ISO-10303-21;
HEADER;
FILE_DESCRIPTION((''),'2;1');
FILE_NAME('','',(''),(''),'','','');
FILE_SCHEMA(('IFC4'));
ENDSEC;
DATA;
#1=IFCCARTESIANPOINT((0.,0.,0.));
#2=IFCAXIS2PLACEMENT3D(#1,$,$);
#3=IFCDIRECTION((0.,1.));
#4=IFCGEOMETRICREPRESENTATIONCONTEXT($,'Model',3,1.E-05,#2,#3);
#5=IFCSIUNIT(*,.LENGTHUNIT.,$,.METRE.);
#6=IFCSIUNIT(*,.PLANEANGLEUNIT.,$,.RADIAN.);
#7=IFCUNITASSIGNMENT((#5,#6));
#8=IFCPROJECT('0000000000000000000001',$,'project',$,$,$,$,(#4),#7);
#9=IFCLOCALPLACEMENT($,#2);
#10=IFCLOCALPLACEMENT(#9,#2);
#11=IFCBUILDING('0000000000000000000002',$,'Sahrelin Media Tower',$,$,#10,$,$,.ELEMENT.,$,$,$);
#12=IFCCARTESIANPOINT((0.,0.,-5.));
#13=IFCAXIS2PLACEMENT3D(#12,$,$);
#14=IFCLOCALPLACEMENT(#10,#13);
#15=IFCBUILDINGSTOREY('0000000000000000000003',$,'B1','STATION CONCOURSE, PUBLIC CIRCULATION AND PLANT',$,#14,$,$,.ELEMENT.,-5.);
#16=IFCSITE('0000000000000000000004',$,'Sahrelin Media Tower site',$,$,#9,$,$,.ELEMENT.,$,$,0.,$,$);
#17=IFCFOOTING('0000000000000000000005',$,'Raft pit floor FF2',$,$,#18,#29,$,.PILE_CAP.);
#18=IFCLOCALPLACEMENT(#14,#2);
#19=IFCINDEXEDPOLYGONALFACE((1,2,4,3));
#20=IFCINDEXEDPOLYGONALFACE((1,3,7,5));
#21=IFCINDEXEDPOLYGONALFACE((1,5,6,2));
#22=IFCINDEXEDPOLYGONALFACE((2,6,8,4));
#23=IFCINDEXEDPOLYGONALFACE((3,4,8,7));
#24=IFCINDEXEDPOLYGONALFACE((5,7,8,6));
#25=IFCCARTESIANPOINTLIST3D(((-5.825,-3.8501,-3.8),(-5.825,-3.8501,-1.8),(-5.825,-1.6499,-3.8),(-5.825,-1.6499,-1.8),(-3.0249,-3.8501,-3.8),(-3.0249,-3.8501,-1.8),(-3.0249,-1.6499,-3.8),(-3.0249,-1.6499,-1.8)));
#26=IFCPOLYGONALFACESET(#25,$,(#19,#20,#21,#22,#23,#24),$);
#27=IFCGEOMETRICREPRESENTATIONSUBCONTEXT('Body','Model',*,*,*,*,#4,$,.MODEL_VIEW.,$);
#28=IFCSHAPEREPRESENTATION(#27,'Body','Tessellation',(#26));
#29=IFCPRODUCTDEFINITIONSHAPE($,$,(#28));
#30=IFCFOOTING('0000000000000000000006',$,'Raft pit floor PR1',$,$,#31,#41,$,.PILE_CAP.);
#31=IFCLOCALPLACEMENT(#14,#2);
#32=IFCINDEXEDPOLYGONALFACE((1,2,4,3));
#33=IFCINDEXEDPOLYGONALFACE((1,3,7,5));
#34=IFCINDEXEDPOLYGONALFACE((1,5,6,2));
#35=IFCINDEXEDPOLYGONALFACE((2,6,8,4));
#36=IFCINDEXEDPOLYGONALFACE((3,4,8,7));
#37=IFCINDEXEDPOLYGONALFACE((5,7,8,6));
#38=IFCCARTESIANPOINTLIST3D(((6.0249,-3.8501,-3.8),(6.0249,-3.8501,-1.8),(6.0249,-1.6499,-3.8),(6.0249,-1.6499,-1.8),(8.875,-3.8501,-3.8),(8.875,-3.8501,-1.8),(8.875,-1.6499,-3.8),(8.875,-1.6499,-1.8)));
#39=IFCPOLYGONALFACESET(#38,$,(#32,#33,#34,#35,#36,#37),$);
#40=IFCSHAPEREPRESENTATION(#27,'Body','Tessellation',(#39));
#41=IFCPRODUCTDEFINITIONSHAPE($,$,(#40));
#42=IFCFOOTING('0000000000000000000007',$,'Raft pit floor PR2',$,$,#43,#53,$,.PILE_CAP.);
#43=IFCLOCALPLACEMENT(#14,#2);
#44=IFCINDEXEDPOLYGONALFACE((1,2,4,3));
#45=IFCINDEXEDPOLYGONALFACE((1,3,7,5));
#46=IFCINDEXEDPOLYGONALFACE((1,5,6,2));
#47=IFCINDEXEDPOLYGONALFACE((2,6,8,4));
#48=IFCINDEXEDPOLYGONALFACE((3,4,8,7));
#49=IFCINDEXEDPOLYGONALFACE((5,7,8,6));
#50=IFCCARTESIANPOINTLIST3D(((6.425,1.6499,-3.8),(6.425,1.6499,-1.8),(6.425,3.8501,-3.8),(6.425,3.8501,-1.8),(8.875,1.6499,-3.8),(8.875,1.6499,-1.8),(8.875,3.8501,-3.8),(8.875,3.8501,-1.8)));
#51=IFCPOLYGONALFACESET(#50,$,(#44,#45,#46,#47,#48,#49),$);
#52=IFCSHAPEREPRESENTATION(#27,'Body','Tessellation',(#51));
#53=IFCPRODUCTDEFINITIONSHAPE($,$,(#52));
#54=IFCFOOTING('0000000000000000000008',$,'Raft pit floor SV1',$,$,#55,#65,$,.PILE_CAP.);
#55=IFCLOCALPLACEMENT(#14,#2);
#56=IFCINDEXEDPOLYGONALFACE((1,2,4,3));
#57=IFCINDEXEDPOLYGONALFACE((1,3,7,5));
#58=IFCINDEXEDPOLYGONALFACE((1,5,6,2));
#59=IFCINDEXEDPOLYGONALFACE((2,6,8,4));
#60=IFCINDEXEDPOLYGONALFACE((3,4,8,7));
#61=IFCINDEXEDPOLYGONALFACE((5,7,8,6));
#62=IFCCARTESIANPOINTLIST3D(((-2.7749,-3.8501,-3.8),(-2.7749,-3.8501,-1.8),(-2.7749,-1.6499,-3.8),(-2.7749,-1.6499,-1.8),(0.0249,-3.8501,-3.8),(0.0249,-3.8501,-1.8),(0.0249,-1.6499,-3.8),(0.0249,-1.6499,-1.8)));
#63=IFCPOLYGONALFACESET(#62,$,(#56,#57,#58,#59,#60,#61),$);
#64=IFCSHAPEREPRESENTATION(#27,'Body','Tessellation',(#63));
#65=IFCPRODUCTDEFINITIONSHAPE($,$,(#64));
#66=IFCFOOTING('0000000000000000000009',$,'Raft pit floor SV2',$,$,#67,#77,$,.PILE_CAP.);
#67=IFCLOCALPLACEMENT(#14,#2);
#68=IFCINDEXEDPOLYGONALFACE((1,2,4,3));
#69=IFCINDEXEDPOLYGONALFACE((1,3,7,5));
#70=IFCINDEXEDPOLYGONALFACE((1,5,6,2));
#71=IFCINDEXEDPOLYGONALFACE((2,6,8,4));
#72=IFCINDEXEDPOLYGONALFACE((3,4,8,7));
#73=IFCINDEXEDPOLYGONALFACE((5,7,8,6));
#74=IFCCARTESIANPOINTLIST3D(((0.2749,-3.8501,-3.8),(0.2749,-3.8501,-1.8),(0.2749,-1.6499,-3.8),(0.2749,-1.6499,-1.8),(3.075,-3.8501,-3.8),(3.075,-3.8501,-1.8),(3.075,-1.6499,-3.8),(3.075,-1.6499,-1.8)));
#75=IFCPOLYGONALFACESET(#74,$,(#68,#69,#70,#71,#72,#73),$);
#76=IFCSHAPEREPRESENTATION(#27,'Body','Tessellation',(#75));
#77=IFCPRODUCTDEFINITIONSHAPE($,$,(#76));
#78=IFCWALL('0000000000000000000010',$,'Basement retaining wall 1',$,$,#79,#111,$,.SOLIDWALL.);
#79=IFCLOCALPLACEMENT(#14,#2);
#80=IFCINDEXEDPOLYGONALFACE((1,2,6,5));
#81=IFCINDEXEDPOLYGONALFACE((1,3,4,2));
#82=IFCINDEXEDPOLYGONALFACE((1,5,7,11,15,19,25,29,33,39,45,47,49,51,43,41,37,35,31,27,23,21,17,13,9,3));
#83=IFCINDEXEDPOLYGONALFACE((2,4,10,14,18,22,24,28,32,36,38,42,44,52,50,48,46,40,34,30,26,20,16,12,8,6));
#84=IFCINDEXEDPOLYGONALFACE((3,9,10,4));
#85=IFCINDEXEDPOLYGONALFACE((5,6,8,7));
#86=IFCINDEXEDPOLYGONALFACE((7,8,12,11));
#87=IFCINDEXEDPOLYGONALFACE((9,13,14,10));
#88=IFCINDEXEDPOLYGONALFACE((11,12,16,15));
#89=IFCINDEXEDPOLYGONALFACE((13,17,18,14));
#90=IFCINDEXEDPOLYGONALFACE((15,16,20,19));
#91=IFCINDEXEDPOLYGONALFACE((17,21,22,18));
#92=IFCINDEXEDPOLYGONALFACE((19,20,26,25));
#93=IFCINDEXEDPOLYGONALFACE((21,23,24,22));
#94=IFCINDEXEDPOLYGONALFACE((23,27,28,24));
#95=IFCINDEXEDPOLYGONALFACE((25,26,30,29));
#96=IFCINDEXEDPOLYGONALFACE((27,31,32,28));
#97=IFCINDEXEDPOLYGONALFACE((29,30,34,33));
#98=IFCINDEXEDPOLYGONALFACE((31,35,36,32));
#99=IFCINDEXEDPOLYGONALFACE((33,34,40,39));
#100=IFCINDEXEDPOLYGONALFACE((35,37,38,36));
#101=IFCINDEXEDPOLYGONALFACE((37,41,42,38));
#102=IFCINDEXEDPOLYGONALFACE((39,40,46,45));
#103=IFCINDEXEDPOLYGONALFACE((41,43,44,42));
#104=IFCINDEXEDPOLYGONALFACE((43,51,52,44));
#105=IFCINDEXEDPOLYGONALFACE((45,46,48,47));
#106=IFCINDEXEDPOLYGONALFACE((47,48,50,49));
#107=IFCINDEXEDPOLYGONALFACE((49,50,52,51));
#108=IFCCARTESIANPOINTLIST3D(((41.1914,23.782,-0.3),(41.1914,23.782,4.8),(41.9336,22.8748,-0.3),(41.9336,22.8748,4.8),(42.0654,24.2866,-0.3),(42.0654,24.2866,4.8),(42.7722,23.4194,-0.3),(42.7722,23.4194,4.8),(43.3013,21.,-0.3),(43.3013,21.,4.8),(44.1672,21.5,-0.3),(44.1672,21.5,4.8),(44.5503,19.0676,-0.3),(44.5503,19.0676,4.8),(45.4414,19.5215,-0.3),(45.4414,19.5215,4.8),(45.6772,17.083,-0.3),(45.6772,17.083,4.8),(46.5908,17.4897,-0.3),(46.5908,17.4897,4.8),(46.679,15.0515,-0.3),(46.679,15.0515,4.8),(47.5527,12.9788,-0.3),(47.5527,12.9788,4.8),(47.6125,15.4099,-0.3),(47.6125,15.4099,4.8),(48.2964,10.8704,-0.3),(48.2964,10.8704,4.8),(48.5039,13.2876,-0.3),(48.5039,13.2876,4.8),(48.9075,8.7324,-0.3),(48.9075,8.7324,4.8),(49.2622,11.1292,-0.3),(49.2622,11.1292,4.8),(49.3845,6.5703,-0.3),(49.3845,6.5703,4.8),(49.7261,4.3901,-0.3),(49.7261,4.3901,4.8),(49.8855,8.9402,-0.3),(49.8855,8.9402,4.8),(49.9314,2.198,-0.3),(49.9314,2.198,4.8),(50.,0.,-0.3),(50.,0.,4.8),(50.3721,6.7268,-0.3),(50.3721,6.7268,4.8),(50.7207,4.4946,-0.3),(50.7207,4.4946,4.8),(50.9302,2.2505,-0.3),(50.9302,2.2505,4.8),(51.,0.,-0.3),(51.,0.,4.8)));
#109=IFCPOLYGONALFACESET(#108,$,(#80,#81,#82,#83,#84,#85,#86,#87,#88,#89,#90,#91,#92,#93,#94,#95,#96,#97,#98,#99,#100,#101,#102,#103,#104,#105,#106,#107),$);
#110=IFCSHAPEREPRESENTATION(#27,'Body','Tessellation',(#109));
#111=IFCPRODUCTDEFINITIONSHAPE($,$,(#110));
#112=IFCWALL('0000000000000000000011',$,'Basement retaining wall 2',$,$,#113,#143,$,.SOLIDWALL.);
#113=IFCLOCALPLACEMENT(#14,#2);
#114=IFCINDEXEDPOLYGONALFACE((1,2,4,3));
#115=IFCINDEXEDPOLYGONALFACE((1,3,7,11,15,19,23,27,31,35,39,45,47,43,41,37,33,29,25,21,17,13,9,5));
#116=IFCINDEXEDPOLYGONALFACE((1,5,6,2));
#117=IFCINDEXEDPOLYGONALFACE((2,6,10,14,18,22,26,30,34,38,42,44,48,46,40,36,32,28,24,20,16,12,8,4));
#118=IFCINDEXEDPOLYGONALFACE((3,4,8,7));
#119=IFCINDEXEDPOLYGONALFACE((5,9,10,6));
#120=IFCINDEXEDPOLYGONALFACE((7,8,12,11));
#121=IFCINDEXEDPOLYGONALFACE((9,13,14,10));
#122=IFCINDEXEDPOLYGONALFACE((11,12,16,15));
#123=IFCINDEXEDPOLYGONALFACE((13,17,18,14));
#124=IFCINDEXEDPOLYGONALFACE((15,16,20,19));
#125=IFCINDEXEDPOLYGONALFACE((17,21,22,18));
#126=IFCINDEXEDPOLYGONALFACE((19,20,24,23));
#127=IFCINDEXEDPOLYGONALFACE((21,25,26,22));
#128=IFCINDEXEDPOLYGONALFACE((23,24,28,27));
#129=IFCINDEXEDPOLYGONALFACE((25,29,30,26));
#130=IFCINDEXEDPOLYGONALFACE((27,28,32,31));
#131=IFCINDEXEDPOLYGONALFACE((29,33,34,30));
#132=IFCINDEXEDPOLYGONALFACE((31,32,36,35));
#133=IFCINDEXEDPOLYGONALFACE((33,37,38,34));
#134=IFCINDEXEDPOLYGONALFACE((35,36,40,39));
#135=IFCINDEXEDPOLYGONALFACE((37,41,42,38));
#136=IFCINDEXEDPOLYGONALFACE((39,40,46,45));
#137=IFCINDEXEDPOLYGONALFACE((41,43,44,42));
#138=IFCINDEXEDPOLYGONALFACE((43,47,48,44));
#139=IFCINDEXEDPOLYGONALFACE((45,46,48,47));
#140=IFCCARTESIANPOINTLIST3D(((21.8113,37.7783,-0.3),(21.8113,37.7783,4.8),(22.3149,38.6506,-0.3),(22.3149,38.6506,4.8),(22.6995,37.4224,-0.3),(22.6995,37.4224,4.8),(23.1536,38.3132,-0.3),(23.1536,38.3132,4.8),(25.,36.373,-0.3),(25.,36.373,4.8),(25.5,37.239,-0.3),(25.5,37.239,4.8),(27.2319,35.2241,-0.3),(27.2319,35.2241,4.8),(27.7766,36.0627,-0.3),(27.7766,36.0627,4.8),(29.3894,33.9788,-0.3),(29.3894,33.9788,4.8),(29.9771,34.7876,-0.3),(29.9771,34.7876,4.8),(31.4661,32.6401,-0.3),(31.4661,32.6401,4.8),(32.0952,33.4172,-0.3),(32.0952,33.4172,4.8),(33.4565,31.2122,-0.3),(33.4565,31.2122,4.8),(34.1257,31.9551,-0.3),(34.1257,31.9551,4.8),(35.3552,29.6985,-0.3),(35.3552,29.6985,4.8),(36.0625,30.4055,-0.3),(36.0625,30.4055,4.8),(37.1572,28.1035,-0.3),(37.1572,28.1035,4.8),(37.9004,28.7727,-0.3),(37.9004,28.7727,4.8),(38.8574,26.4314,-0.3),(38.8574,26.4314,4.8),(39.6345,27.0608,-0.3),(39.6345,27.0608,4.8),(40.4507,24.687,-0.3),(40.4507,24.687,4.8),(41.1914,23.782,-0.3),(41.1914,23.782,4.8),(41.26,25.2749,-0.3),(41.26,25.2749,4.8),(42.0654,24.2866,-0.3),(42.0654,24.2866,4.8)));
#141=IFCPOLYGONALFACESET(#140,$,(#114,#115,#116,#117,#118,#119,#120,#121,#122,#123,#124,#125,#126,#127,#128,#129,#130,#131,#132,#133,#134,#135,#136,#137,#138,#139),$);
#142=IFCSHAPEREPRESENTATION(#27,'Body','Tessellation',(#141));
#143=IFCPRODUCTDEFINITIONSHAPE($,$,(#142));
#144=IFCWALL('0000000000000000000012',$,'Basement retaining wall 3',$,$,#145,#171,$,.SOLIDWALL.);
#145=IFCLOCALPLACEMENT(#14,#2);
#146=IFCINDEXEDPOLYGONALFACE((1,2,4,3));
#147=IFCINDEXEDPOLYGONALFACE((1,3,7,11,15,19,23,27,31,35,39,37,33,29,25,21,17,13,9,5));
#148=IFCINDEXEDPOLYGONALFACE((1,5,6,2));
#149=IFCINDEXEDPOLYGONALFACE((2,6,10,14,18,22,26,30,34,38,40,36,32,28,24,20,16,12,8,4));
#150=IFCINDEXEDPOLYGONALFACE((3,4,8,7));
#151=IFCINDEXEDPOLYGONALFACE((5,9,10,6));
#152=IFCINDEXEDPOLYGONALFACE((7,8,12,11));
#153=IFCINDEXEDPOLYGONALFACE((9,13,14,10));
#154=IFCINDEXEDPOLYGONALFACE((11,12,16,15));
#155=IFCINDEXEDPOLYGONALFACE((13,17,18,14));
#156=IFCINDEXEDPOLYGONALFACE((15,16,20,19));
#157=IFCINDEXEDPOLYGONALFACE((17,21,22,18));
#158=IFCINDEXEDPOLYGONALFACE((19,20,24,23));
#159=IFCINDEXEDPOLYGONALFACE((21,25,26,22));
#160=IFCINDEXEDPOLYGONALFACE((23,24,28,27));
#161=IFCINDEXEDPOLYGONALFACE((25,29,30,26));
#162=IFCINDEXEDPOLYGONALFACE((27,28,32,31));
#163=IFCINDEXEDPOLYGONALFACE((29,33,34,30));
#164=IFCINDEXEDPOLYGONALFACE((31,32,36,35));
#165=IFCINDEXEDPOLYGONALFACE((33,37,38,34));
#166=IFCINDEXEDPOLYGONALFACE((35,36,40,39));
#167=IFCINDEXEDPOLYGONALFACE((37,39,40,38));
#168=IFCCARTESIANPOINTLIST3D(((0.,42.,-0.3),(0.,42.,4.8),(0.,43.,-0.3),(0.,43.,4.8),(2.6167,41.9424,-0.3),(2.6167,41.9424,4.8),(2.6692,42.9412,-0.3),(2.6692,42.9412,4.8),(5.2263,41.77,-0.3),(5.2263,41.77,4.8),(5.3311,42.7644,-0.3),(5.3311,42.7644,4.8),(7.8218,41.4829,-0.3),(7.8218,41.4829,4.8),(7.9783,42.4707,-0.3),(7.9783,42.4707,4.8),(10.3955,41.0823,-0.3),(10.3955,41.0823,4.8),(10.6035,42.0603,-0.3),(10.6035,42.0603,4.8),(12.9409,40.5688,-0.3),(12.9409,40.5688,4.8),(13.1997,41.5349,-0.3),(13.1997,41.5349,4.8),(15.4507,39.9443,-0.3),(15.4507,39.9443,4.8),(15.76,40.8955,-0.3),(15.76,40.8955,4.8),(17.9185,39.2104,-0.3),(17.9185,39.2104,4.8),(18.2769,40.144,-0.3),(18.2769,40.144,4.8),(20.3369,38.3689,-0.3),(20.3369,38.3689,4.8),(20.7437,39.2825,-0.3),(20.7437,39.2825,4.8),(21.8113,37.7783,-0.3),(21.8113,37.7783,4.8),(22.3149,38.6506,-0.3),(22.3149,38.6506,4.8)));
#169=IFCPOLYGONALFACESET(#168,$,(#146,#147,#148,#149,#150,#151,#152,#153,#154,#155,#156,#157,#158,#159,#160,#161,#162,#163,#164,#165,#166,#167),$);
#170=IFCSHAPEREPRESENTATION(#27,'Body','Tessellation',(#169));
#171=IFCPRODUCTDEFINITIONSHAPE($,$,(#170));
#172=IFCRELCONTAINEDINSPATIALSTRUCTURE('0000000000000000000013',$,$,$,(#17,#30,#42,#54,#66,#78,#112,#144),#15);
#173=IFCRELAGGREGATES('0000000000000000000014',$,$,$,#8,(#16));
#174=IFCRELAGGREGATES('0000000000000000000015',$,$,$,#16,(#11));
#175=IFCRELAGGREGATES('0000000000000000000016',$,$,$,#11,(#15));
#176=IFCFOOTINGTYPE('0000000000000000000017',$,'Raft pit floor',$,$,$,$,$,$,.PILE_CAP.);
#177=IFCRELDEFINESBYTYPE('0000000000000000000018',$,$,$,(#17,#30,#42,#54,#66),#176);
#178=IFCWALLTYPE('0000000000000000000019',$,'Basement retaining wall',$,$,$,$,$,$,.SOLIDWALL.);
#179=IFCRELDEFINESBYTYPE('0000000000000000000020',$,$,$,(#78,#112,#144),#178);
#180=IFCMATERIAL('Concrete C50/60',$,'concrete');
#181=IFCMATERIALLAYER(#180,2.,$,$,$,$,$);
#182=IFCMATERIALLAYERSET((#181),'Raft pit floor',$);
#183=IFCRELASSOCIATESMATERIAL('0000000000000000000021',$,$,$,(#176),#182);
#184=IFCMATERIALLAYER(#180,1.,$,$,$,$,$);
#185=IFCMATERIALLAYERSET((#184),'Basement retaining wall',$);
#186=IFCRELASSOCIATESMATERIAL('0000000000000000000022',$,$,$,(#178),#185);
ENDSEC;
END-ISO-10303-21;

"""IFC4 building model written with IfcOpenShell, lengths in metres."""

from ifc_helpers import new_model, si_unit, direction, frame, origin, place, context, subcontext, project, spatial, polyline, outline, extrude, material, layer, layer_set, type_object, element, save


model = new_model("IFC4")

# Units and contexts
model_context = context("Model", 3, precision=1e-05, world=origin(), true_north=direction((0.0, 1.0)))
body_context = subcontext(model_context, "Body", "Model", "MODEL_VIEW")
ifc_project = project(units=[si_unit("LENGTHUNIT", "METRE"), si_unit("PLANEANGLEUNIT", "RADIAN")], contexts=[model_context])

# Site, building, storey
site_placement = place(None, origin())
site = spatial("IfcSite", under=ifc_project, at=site_placement, Name="Sahrelin Media Tower site", CompositionType="ELEMENT", RefElevation=0.0)
building_placement = place(site_placement, origin())
building = spatial("IfcBuilding", under=site, at=building_placement, Name="Sahrelin Media Tower", CompositionType="ELEMENT")
storey_placement = place(building_placement, frame((0.0, 0.0, -5.0)))
storey = spatial("IfcBuildingStorey", under=building, at=storey_placement, Name="B1", Description="STATION CONCOURSE, PUBLIC CIRCULATION AND PLANT", CompositionType="ELEMENT", Elevation=-5.0)

# Footings
ifc_material = material(Name="Concrete C50/60", Category="concrete")
ifc_layer_1 = layer(ifc_material, 2.0)
ifc_layer_set_1 = layer_set([ifc_layer_1], Name="Raft pit floor")
footing_type = type_object("IfcFootingType", Name="Raft pit floor", PredefinedType="PILE_CAP", material=ifc_layer_set_1)
placement_1 = place(storey_placement, frame((0.0, 0.0, -3.8)))
element("IfcFooting", 1, at=placement_1, inside=storey, type_object=footing_type, Name="Raft pit floor FF2", PredefinedType="PILE_CAP", context=body_context, shape_type="SweptSolid", body=[
    extrude(outline(polyline([(-3.0249, -3.8501), (-3.0249, -1.6499), (-5.825, -1.6499), (-5.825, -3.8501), (-3.0249, -3.8501)])), origin(), (0.0, 0.0, 1.0), 2.0),
])
element("IfcFooting", 2, at=placement_1, inside=storey, type_object=footing_type, Name="Raft pit floor PR1", PredefinedType="PILE_CAP", context=body_context, shape_type="SweptSolid", body=[
    extrude(outline(polyline([(8.875, -3.8501), (8.875, -1.6499), (6.0249, -1.6499), (6.0249, -3.8501), (8.875, -3.8501)])), origin(), (0.0, 0.0, 1.0), 2.0),
])
element("IfcFooting", 3, at=placement_1, inside=storey, type_object=footing_type, Name="Raft pit floor PR2", PredefinedType="PILE_CAP", context=body_context, shape_type="SweptSolid", body=[
    extrude(outline(polyline([(8.875, 1.6499), (8.875, 3.8501), (6.425, 3.8501), (6.425, 1.6499), (8.875, 1.6499)])), origin(), (0.0, 0.0, 1.0), 2.0),
])
element("IfcFooting", 4, at=placement_1, inside=storey, type_object=footing_type, Name="Raft pit floor SV1", PredefinedType="PILE_CAP", context=body_context, shape_type="SweptSolid", body=[
    extrude(outline(polyline([(0.0249, -3.8501), (0.0249, -1.6499), (-2.7749, -1.6499), (-2.7749, -3.8501), (0.0249, -3.8501)])), origin(), (0.0, 0.0, 1.0), 2.0),
])
element("IfcFooting", 5, at=placement_1, inside=storey, type_object=footing_type, Name="Raft pit floor SV2", PredefinedType="PILE_CAP", context=body_context, shape_type="SweptSolid", body=[
    extrude(outline(polyline([(3.075, -3.8501), (3.075, -1.6499), (0.2749, -1.6499), (0.2749, -3.8501), (3.075, -3.8501)])), origin(), (0.0, 0.0, 1.0), 2.0),
])

# Walls
ifc_layer_2 = layer(ifc_material, 1.0)
ifc_layer_set_2 = layer_set([ifc_layer_2], Name="Basement retaining wall")
wall_type = type_object("IfcWallType", Name="Basement retaining wall", PredefinedType="SOLIDWALL", material=ifc_layer_set_2)
placement_2 = place(storey_placement, frame((0.0, 0.0, -0.3)))
element("IfcWall", 6, at=placement_2, inside=storey, type_object=wall_type, Name="Basement retaining wall 1", PredefinedType="SOLIDWALL", context=body_context, shape_type="SweptSolid", body=[
    extrude(outline(polyline([(42.0654, 24.2866), (41.1914, 23.782), (41.9336, 22.8748), (43.3013, 21.0), (44.5503, 19.0676), (45.6772, 17.083), (46.679, 15.0515), (47.5527, 12.9788), (48.2964, 10.8704), (48.9075, 8.7324), (49.3845, 6.5703), (49.7261, 4.3901), (49.9314, 2.198), (50.0, 0.0), (51.0, 0.0), (50.9302, 2.2505), (50.7207, 4.4946), (50.3721, 6.7268), (49.8855, 8.9402), (49.2622, 11.1292), (48.5039, 13.2876), (47.6125, 15.4099), (46.5908, 17.4897), (45.4414, 19.5215), (44.1672, 21.5), (42.7722, 23.4194), (42.0654, 24.2866)])), origin(), (0.0, 0.0, 1.0), 5.1001),
])
element("IfcWall", 7, at=placement_2, inside=storey, type_object=wall_type, Name="Basement retaining wall 2", PredefinedType="SOLIDWALL", context=body_context, shape_type="SweptSolid", body=[
    extrude(outline(polyline([(22.3149, 38.6506), (21.8113, 37.7783), (22.6995, 37.4224), (25.0, 36.373), (27.2319, 35.2241), (29.3894, 33.9788), (31.4661, 32.6401), (33.4565, 31.2122), (35.3552, 29.6985), (37.1572, 28.1035), (38.8574, 26.4314), (40.4507, 24.687), (41.1914, 23.782), (42.0654, 24.2866), (41.26, 25.2749), (39.6345, 27.0608), (37.9004, 28.7727), (36.0625, 30.4055), (34.1257, 31.9551), (32.0952, 33.4172), (29.9771, 34.7876), (27.7766, 36.0627), (25.5, 37.239), (23.1536, 38.3132), (22.3149, 38.6506)])), origin(), (0.0, 0.0, 1.0), 5.1001),
])
element("IfcWall", 8, at=placement_2, inside=storey, type_object=wall_type, Name="Basement retaining wall 3", PredefinedType="SOLIDWALL", context=body_context, shape_type="SweptSolid", body=[
    extrude(outline(polyline([(0.0, 43.0), (0.0, 42.0), (2.6167, 41.9424), (5.2263, 41.77), (7.8218, 41.4829), (10.3955, 41.0823), (12.9409, 40.5688), (15.4507, 39.9443), (17.9185, 39.2104), (20.3369, 38.3689), (21.8113, 37.7783), (22.3149, 38.6506), (20.7437, 39.2825), (18.2769, 40.144), (15.76, 40.8955), (13.1997, 41.5349), (10.6035, 42.0603), (7.9783, 42.4707), (5.3311, 42.7644), (2.6692, 42.9412), (0.0, 43.0)])), origin(), (0.0, 0.0, 1.0), 5.1001),
])

save(model, "model.ifc")
